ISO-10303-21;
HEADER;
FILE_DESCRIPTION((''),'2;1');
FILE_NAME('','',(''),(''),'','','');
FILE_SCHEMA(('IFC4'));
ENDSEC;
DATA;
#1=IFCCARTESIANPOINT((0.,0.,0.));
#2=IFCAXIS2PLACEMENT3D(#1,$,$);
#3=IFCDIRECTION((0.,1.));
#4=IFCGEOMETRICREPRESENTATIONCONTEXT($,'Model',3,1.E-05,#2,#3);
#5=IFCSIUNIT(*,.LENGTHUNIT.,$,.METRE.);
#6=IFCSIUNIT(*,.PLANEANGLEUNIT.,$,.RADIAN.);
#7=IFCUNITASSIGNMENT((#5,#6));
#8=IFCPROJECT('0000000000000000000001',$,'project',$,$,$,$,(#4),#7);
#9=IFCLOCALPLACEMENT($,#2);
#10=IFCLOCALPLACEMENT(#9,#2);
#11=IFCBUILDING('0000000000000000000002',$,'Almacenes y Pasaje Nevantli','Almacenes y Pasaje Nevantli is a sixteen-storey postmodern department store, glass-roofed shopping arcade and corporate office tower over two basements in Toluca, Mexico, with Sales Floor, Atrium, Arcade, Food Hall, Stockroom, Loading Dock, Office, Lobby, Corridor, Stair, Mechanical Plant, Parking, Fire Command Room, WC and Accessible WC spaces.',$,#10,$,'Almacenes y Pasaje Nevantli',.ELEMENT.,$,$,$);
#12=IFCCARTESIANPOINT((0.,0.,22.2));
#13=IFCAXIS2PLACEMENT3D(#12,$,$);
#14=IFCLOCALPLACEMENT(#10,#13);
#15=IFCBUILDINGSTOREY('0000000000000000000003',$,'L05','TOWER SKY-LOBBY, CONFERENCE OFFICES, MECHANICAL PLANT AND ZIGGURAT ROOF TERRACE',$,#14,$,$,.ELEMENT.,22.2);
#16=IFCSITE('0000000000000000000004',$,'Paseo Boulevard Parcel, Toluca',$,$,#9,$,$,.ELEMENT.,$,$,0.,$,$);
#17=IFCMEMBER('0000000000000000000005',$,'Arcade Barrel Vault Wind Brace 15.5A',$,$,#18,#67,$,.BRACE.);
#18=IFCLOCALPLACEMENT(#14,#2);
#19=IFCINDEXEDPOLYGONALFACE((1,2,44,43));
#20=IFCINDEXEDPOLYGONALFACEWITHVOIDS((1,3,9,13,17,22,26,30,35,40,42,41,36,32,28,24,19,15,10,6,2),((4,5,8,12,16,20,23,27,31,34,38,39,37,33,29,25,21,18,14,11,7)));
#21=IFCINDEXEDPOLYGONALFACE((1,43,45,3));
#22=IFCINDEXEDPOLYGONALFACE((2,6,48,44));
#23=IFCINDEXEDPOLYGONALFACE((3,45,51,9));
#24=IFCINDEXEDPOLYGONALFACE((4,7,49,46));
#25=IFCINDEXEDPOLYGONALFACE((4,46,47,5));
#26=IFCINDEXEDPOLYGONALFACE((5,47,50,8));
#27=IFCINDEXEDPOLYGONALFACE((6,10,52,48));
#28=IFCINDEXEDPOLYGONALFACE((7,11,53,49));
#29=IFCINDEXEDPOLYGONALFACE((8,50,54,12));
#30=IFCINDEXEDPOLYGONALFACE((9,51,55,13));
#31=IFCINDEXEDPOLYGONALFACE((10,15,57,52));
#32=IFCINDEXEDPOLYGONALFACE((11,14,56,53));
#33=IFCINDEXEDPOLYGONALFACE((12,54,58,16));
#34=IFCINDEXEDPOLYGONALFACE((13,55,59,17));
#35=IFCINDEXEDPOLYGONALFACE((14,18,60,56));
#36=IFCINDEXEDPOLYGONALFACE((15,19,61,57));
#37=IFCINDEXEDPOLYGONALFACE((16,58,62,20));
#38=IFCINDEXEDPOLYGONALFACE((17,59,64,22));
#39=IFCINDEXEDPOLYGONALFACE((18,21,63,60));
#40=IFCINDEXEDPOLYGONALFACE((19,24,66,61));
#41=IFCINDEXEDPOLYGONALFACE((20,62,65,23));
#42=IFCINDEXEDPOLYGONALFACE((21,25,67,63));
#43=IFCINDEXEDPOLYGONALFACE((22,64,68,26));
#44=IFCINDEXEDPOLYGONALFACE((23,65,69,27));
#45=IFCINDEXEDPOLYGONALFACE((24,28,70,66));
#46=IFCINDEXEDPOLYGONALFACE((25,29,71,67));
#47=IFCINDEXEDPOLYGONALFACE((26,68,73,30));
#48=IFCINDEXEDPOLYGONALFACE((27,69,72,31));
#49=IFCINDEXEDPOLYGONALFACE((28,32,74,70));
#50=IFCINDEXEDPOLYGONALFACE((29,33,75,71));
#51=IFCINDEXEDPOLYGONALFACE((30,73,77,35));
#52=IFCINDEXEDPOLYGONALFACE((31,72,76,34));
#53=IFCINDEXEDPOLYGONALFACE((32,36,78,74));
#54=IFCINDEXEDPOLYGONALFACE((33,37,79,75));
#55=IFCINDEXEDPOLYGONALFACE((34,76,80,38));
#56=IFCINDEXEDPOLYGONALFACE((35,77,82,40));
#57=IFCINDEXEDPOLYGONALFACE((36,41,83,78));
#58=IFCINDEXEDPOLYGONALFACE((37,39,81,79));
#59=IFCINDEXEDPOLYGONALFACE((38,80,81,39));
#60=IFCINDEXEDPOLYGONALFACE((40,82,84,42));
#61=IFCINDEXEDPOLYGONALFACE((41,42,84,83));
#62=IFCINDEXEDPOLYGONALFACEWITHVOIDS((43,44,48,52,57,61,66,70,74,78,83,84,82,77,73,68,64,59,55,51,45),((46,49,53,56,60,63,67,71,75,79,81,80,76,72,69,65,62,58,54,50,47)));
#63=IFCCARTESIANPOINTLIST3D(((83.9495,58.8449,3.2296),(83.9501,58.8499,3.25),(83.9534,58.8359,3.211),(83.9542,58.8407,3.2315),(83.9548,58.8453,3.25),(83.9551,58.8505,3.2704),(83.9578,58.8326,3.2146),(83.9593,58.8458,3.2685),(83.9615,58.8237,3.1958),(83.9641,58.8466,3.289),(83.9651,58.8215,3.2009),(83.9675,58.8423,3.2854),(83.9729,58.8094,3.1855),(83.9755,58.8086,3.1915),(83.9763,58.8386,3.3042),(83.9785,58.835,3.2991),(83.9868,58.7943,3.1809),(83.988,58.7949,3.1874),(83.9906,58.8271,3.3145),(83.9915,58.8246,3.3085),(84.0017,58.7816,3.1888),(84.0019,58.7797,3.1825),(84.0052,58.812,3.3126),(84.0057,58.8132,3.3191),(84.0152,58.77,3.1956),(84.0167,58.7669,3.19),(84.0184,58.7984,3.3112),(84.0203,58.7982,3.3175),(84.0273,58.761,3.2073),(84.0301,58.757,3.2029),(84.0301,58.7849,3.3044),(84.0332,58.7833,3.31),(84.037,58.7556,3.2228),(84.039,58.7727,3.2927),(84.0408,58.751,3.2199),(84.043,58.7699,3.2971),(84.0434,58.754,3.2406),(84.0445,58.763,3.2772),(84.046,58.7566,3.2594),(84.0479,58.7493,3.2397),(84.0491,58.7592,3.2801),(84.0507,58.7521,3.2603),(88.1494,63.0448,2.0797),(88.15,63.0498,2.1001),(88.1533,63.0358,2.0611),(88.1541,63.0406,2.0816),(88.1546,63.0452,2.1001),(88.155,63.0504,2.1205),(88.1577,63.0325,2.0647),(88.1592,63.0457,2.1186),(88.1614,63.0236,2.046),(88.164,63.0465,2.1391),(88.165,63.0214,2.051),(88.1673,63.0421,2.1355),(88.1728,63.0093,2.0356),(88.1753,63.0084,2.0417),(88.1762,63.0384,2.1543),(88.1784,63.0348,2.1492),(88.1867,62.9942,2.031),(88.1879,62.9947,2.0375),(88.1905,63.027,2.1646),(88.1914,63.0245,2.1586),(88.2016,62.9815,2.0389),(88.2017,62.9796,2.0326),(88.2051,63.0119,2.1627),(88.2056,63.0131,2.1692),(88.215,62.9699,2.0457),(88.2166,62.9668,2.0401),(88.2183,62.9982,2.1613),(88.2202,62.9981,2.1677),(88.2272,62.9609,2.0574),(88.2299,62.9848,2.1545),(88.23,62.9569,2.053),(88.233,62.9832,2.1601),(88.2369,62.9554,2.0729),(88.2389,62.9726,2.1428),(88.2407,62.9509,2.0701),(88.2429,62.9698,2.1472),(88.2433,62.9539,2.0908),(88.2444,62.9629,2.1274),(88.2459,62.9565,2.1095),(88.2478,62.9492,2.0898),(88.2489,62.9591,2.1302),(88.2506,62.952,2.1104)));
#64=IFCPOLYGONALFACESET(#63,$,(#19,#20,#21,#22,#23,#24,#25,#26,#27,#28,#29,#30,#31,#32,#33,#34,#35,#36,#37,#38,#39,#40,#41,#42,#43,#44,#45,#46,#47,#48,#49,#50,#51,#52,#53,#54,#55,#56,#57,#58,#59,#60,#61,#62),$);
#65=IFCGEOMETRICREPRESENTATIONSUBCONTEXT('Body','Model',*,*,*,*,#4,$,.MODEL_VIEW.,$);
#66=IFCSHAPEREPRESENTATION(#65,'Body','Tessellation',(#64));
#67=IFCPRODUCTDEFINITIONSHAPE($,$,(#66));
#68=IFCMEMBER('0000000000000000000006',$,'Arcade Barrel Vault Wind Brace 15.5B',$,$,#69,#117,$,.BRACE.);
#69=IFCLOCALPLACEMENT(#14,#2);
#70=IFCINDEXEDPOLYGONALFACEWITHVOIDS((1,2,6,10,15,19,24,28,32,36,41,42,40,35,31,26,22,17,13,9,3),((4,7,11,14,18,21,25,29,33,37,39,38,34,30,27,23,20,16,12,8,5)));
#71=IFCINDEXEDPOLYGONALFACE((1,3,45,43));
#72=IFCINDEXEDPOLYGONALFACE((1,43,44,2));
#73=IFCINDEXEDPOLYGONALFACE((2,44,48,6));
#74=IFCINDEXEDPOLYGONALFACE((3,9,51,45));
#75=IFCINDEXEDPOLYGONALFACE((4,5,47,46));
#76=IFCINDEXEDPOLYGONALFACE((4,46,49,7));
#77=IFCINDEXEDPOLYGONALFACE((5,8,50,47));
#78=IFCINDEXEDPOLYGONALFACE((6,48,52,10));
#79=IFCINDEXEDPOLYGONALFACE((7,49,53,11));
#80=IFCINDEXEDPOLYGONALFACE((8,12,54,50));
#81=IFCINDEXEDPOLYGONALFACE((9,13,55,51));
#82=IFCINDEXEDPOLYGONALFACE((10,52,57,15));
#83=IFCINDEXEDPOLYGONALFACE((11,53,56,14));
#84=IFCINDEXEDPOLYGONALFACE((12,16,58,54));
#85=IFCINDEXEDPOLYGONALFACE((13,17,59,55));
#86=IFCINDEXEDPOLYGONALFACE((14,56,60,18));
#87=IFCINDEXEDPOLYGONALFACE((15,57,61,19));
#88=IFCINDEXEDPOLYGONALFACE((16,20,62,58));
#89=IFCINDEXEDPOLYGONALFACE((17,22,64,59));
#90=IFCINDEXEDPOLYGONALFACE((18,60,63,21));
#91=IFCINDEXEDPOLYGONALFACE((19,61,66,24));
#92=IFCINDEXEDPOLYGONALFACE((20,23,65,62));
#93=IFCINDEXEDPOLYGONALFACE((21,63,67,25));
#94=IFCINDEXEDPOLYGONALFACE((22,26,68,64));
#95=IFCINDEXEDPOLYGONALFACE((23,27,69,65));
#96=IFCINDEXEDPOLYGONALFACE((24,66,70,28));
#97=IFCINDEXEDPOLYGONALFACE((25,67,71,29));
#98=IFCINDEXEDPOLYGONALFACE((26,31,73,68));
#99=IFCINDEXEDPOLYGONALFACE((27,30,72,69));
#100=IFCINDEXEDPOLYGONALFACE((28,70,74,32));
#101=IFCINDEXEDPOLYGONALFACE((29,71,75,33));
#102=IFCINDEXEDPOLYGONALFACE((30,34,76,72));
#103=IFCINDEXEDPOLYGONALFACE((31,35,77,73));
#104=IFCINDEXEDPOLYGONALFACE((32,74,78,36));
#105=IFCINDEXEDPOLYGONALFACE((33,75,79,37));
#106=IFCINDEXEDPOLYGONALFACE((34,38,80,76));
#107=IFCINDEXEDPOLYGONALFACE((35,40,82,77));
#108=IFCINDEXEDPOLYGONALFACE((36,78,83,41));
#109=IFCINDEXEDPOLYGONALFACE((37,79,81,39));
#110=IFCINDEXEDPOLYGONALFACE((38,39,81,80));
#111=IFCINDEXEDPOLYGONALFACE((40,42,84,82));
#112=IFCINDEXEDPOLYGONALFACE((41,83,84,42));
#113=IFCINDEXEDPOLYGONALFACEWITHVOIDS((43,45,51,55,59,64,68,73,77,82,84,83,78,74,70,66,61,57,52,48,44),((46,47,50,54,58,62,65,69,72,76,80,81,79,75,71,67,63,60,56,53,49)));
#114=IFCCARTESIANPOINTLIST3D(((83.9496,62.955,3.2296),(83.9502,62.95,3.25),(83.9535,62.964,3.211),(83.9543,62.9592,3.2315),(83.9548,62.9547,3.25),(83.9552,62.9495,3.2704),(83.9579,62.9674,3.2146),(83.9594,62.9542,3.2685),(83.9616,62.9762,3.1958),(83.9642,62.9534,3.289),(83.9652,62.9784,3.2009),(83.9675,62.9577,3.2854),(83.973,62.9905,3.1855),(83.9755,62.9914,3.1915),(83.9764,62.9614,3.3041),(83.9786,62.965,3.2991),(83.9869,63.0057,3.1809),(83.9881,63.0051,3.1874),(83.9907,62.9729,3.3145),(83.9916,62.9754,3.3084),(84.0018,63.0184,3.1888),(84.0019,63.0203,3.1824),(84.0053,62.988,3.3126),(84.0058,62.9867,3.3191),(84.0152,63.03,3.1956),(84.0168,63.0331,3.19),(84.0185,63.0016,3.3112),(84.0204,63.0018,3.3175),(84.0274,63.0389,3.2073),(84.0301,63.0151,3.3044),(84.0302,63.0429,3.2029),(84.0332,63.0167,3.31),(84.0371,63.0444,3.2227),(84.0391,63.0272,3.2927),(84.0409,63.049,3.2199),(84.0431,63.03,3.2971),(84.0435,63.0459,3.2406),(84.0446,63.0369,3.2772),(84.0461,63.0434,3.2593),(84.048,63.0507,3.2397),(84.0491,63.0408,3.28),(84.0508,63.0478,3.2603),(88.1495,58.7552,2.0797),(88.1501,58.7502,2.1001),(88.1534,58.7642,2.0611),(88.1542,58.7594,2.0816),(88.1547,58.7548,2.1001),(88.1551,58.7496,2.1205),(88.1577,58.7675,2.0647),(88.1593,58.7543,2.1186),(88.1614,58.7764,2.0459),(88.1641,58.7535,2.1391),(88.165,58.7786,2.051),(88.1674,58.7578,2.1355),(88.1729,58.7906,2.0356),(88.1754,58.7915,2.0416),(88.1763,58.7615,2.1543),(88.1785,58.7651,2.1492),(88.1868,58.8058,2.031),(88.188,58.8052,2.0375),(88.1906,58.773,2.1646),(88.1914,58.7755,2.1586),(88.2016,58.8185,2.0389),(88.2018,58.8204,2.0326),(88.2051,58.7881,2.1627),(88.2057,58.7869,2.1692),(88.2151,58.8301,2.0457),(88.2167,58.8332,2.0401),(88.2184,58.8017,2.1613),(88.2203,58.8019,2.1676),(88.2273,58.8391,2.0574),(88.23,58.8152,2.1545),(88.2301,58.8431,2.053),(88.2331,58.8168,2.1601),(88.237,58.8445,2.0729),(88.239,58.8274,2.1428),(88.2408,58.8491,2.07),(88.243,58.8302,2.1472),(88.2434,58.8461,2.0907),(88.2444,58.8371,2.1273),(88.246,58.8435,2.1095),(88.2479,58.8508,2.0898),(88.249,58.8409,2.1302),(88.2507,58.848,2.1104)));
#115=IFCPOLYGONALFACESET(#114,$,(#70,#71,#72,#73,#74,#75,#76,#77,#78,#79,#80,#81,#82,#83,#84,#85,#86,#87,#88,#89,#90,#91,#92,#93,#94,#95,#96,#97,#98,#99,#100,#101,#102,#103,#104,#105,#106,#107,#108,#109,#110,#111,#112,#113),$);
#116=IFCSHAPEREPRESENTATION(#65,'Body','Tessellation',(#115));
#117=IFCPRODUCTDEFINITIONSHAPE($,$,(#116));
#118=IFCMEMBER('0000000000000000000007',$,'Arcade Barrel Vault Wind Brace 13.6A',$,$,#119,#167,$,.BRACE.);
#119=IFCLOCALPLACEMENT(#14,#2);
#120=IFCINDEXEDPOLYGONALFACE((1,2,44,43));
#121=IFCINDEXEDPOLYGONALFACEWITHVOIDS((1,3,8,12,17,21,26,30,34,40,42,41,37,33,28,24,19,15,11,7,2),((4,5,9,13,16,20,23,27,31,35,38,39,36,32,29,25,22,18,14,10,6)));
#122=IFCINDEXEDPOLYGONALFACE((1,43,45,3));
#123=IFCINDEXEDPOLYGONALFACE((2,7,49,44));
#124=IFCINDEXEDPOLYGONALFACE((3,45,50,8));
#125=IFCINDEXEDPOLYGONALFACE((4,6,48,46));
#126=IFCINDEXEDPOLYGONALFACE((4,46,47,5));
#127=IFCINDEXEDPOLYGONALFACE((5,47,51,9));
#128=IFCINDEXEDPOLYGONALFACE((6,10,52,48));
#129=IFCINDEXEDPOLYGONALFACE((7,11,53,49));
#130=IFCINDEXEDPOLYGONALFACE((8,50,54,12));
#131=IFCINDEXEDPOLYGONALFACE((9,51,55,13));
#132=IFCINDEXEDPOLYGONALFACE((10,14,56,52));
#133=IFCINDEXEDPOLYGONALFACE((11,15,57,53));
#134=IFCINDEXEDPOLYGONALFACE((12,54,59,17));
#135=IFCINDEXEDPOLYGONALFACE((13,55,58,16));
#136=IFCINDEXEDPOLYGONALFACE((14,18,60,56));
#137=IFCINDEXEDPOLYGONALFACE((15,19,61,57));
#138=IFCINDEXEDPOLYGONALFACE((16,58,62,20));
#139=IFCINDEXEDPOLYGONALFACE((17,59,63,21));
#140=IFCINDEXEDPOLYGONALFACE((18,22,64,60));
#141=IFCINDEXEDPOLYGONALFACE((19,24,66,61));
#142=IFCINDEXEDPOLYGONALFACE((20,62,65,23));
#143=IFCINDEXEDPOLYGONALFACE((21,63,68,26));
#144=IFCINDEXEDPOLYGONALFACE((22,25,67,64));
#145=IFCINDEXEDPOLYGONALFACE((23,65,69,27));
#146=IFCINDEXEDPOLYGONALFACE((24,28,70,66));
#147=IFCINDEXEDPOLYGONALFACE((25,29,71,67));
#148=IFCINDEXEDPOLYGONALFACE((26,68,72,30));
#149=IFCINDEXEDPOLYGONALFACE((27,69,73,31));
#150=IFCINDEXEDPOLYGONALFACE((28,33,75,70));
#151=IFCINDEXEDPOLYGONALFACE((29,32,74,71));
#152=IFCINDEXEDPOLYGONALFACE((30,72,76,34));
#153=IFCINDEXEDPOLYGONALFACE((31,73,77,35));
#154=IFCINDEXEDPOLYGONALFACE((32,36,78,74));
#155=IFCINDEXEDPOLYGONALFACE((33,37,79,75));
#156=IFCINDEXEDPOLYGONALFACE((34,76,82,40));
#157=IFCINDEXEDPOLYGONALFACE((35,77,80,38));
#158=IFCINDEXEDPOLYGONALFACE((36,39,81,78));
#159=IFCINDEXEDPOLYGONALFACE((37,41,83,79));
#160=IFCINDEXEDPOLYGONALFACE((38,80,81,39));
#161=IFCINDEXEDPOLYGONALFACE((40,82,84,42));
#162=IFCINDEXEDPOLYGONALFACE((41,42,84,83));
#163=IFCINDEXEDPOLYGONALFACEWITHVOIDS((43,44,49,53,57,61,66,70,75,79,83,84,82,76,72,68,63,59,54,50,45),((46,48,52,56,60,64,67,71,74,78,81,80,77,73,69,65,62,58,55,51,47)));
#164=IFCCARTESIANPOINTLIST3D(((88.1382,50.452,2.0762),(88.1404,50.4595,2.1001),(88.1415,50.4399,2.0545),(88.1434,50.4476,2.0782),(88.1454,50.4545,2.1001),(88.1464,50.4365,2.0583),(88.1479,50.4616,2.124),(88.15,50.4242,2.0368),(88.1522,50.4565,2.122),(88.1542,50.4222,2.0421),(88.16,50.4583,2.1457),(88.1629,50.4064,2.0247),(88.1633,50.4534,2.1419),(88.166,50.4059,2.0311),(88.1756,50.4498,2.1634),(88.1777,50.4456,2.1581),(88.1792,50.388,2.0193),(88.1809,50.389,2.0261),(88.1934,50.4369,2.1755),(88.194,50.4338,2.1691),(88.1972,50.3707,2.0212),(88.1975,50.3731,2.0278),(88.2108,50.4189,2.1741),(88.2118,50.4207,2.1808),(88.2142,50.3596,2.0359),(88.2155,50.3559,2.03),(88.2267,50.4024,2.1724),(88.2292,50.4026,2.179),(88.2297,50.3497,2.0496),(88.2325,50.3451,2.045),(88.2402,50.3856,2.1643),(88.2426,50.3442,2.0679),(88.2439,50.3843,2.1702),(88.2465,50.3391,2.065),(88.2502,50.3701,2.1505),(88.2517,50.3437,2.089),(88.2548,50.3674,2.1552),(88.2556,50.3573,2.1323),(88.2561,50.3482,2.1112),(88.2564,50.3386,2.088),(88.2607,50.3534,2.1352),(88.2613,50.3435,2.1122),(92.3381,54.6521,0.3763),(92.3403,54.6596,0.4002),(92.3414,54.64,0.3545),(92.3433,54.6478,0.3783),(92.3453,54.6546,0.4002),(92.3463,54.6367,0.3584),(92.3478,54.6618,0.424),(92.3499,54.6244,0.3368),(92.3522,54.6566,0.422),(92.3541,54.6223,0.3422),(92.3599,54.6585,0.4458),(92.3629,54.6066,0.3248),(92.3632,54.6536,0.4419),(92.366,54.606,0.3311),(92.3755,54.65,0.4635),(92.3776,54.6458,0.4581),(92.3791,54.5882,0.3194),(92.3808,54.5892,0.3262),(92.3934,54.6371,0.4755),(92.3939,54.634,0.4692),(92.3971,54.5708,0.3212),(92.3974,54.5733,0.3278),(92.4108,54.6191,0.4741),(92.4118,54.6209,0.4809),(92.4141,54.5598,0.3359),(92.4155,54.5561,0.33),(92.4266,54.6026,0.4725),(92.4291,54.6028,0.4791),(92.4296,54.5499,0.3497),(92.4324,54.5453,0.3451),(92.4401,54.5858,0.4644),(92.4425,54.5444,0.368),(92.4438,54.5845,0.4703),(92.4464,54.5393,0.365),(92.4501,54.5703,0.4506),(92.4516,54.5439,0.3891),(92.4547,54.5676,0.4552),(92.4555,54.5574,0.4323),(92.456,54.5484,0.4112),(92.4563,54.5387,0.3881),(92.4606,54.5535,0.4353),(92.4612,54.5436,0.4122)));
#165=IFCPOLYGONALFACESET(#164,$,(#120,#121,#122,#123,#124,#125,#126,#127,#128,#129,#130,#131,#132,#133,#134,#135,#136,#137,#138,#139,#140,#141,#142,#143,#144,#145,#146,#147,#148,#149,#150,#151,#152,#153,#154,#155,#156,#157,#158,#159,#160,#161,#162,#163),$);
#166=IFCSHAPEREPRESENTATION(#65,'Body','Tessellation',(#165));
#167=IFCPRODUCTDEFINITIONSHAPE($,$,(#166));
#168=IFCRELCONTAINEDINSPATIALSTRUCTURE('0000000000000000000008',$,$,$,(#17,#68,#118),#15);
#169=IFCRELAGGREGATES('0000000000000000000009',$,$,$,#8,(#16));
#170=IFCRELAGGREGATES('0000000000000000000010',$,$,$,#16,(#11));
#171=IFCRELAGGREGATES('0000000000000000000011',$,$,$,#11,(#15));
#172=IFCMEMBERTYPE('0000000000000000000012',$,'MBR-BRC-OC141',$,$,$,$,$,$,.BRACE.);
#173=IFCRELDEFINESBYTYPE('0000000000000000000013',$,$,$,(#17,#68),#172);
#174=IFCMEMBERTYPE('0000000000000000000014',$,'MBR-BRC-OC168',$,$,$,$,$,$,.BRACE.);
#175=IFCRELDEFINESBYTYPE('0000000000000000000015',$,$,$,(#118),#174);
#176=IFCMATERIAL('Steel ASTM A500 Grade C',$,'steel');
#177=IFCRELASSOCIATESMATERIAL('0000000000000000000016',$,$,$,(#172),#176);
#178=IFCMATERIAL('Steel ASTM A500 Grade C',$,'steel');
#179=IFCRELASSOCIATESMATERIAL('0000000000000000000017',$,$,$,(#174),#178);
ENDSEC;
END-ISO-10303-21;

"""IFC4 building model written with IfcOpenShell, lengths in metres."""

from ifc_helpers import new_model, si_unit, direction, frame, origin, origin_2d, place, context, subcontext, project, spatial, hollow_circle, extrude, material, material_profile, profile_set, type_object, element, save


model = new_model("IFC4")

# Units and contexts
model_context = context("Model", 3, precision=1e-05, world=origin(), true_north=direction((0.0, 1.0)))
body_context = subcontext(model_context, "Body", "Model", "MODEL_VIEW")
ifc_project = project(units=[si_unit("LENGTHUNIT", "METRE"), si_unit("PLANEANGLEUNIT", "RADIAN")], contexts=[model_context])

# Site, building, storey
site_placement = place(None, origin())
site = spatial("IfcSite", under=ifc_project, at=site_placement, Name="Paseo Boulevard Parcel, Toluca", CompositionType="ELEMENT", RefElevation=0.0)
building_placement = place(site_placement, origin())
building = spatial("IfcBuilding", under=site, at=building_placement, Name="Almacenes y Pasaje Nevantli", Description="Almacenes y Pasaje Nevantli is a sixteen-storey postmodern department store, glass-roofed shopping arcade and corporate office tower over two basements in Toluca, Mexico, with Sales Floor, Atrium, Arcade, Food Hall, Stockroom, Loading Dock, Office, Lobby, Corridor, Stair, Mechanical Plant, Parking, Fire Command Room, WC and Accessible WC spaces.", LongName="Almacenes y Pasaje Nevantli", CompositionType="ELEMENT")
storey_placement = place(building_placement, frame((0.0, 0.0, 22.2)))
storey = spatial("IfcBuildingStorey", under=building, at=storey_placement, Name="L05", Description="TOWER SKY-LOBBY, CONFERENCE OFFICES, MECHANICAL PLANT AND ZIGGURAT ROOF TERRACE", CompositionType="ELEMENT", Elevation=22.2)

# Members
ifc_material_1 = material(Name="Steel ASTM A500 Grade C", Category="steel")
ifc_material_profile_1 = material_profile(ifc_material_1, hollow_circle(Radius=0.0706, WallThickness=0.0066, at=origin_2d()), Name="OC 141x6.6")
ifc_profile_set_1 = profile_set([ifc_material_profile_1], Name="Steel ASTM A500 Grade C")
member_type_1 = type_object("IfcMemberType", Name="MBR-BRC-OC141", PredefinedType="BRACE", material=ifc_profile_set_1)
for number, where, z_axis, x_axis, name in (
    (1, (84.0, 58.8, 3.25), (0.694217, 0.694217, -0.190069), (-0.707107, 0.707107, 0.0), "Arcade Barrel Vault Wind Brace 15.5A"),
    (2, (88.2, 58.8, 2.1001), (-0.694217, 0.694217, 0.190069), (-0.707107, -0.707107, 0.0), "Arcade Barrel Vault Wind Brace 15.5B"),
):
    element("IfcMember", number, at=place(storey_placement, frame(where, z_axis=z_axis, x_axis=x_axis)), inside=storey, type_object=member_type_1, Name=name, PredefinedType="BRACE", context=body_context, shape_type="SweptSolid", body=[
        extrude(hollow_circle(Radius=0.0706, WallThickness=0.0066, at=origin_2d()), origin(), (0.0, 0.0, 1.0), 6.0498),
    ])
ifc_material_2 = material(Name="Steel ASTM A500 Grade C", Category="steel")
ifc_material_profile_2 = material_profile(ifc_material_2, hollow_circle(Radius=0.0842, WallThickness=0.0071, at=origin_2d()), Name="OC 168x7.1")
ifc_profile_set_2 = profile_set([ifc_material_profile_2], Name="Steel ASTM A500 Grade C")
member_type_2 = type_object("IfcMemberType", Name="MBR-BRC-OC168", PredefinedType="BRACE", material=ifc_profile_set_2)
for number, where, z_axis, x_axis, name in (
    (3, (88.2, 50.3999, 2.1001), (0.679794, 0.679833, -0.27515), (-0.707127, 0.707086, 0.0), "Arcade Barrel Vault Wind Brace 13.6A"),
):
    element("IfcMember", number, at=place(storey_placement, frame(where, z_axis=z_axis, x_axis=x_axis)), inside=storey, type_object=member_type_2, Name=name, PredefinedType="BRACE", context=body_context, shape_type="SweptSolid", body=[
        extrude(hollow_circle(Radius=0.0842, WallThickness=0.0071, at=origin_2d()), origin(), (0.0, 0.0, 1.0), 6.1782),
    ])

save(model, "model.ifc")
